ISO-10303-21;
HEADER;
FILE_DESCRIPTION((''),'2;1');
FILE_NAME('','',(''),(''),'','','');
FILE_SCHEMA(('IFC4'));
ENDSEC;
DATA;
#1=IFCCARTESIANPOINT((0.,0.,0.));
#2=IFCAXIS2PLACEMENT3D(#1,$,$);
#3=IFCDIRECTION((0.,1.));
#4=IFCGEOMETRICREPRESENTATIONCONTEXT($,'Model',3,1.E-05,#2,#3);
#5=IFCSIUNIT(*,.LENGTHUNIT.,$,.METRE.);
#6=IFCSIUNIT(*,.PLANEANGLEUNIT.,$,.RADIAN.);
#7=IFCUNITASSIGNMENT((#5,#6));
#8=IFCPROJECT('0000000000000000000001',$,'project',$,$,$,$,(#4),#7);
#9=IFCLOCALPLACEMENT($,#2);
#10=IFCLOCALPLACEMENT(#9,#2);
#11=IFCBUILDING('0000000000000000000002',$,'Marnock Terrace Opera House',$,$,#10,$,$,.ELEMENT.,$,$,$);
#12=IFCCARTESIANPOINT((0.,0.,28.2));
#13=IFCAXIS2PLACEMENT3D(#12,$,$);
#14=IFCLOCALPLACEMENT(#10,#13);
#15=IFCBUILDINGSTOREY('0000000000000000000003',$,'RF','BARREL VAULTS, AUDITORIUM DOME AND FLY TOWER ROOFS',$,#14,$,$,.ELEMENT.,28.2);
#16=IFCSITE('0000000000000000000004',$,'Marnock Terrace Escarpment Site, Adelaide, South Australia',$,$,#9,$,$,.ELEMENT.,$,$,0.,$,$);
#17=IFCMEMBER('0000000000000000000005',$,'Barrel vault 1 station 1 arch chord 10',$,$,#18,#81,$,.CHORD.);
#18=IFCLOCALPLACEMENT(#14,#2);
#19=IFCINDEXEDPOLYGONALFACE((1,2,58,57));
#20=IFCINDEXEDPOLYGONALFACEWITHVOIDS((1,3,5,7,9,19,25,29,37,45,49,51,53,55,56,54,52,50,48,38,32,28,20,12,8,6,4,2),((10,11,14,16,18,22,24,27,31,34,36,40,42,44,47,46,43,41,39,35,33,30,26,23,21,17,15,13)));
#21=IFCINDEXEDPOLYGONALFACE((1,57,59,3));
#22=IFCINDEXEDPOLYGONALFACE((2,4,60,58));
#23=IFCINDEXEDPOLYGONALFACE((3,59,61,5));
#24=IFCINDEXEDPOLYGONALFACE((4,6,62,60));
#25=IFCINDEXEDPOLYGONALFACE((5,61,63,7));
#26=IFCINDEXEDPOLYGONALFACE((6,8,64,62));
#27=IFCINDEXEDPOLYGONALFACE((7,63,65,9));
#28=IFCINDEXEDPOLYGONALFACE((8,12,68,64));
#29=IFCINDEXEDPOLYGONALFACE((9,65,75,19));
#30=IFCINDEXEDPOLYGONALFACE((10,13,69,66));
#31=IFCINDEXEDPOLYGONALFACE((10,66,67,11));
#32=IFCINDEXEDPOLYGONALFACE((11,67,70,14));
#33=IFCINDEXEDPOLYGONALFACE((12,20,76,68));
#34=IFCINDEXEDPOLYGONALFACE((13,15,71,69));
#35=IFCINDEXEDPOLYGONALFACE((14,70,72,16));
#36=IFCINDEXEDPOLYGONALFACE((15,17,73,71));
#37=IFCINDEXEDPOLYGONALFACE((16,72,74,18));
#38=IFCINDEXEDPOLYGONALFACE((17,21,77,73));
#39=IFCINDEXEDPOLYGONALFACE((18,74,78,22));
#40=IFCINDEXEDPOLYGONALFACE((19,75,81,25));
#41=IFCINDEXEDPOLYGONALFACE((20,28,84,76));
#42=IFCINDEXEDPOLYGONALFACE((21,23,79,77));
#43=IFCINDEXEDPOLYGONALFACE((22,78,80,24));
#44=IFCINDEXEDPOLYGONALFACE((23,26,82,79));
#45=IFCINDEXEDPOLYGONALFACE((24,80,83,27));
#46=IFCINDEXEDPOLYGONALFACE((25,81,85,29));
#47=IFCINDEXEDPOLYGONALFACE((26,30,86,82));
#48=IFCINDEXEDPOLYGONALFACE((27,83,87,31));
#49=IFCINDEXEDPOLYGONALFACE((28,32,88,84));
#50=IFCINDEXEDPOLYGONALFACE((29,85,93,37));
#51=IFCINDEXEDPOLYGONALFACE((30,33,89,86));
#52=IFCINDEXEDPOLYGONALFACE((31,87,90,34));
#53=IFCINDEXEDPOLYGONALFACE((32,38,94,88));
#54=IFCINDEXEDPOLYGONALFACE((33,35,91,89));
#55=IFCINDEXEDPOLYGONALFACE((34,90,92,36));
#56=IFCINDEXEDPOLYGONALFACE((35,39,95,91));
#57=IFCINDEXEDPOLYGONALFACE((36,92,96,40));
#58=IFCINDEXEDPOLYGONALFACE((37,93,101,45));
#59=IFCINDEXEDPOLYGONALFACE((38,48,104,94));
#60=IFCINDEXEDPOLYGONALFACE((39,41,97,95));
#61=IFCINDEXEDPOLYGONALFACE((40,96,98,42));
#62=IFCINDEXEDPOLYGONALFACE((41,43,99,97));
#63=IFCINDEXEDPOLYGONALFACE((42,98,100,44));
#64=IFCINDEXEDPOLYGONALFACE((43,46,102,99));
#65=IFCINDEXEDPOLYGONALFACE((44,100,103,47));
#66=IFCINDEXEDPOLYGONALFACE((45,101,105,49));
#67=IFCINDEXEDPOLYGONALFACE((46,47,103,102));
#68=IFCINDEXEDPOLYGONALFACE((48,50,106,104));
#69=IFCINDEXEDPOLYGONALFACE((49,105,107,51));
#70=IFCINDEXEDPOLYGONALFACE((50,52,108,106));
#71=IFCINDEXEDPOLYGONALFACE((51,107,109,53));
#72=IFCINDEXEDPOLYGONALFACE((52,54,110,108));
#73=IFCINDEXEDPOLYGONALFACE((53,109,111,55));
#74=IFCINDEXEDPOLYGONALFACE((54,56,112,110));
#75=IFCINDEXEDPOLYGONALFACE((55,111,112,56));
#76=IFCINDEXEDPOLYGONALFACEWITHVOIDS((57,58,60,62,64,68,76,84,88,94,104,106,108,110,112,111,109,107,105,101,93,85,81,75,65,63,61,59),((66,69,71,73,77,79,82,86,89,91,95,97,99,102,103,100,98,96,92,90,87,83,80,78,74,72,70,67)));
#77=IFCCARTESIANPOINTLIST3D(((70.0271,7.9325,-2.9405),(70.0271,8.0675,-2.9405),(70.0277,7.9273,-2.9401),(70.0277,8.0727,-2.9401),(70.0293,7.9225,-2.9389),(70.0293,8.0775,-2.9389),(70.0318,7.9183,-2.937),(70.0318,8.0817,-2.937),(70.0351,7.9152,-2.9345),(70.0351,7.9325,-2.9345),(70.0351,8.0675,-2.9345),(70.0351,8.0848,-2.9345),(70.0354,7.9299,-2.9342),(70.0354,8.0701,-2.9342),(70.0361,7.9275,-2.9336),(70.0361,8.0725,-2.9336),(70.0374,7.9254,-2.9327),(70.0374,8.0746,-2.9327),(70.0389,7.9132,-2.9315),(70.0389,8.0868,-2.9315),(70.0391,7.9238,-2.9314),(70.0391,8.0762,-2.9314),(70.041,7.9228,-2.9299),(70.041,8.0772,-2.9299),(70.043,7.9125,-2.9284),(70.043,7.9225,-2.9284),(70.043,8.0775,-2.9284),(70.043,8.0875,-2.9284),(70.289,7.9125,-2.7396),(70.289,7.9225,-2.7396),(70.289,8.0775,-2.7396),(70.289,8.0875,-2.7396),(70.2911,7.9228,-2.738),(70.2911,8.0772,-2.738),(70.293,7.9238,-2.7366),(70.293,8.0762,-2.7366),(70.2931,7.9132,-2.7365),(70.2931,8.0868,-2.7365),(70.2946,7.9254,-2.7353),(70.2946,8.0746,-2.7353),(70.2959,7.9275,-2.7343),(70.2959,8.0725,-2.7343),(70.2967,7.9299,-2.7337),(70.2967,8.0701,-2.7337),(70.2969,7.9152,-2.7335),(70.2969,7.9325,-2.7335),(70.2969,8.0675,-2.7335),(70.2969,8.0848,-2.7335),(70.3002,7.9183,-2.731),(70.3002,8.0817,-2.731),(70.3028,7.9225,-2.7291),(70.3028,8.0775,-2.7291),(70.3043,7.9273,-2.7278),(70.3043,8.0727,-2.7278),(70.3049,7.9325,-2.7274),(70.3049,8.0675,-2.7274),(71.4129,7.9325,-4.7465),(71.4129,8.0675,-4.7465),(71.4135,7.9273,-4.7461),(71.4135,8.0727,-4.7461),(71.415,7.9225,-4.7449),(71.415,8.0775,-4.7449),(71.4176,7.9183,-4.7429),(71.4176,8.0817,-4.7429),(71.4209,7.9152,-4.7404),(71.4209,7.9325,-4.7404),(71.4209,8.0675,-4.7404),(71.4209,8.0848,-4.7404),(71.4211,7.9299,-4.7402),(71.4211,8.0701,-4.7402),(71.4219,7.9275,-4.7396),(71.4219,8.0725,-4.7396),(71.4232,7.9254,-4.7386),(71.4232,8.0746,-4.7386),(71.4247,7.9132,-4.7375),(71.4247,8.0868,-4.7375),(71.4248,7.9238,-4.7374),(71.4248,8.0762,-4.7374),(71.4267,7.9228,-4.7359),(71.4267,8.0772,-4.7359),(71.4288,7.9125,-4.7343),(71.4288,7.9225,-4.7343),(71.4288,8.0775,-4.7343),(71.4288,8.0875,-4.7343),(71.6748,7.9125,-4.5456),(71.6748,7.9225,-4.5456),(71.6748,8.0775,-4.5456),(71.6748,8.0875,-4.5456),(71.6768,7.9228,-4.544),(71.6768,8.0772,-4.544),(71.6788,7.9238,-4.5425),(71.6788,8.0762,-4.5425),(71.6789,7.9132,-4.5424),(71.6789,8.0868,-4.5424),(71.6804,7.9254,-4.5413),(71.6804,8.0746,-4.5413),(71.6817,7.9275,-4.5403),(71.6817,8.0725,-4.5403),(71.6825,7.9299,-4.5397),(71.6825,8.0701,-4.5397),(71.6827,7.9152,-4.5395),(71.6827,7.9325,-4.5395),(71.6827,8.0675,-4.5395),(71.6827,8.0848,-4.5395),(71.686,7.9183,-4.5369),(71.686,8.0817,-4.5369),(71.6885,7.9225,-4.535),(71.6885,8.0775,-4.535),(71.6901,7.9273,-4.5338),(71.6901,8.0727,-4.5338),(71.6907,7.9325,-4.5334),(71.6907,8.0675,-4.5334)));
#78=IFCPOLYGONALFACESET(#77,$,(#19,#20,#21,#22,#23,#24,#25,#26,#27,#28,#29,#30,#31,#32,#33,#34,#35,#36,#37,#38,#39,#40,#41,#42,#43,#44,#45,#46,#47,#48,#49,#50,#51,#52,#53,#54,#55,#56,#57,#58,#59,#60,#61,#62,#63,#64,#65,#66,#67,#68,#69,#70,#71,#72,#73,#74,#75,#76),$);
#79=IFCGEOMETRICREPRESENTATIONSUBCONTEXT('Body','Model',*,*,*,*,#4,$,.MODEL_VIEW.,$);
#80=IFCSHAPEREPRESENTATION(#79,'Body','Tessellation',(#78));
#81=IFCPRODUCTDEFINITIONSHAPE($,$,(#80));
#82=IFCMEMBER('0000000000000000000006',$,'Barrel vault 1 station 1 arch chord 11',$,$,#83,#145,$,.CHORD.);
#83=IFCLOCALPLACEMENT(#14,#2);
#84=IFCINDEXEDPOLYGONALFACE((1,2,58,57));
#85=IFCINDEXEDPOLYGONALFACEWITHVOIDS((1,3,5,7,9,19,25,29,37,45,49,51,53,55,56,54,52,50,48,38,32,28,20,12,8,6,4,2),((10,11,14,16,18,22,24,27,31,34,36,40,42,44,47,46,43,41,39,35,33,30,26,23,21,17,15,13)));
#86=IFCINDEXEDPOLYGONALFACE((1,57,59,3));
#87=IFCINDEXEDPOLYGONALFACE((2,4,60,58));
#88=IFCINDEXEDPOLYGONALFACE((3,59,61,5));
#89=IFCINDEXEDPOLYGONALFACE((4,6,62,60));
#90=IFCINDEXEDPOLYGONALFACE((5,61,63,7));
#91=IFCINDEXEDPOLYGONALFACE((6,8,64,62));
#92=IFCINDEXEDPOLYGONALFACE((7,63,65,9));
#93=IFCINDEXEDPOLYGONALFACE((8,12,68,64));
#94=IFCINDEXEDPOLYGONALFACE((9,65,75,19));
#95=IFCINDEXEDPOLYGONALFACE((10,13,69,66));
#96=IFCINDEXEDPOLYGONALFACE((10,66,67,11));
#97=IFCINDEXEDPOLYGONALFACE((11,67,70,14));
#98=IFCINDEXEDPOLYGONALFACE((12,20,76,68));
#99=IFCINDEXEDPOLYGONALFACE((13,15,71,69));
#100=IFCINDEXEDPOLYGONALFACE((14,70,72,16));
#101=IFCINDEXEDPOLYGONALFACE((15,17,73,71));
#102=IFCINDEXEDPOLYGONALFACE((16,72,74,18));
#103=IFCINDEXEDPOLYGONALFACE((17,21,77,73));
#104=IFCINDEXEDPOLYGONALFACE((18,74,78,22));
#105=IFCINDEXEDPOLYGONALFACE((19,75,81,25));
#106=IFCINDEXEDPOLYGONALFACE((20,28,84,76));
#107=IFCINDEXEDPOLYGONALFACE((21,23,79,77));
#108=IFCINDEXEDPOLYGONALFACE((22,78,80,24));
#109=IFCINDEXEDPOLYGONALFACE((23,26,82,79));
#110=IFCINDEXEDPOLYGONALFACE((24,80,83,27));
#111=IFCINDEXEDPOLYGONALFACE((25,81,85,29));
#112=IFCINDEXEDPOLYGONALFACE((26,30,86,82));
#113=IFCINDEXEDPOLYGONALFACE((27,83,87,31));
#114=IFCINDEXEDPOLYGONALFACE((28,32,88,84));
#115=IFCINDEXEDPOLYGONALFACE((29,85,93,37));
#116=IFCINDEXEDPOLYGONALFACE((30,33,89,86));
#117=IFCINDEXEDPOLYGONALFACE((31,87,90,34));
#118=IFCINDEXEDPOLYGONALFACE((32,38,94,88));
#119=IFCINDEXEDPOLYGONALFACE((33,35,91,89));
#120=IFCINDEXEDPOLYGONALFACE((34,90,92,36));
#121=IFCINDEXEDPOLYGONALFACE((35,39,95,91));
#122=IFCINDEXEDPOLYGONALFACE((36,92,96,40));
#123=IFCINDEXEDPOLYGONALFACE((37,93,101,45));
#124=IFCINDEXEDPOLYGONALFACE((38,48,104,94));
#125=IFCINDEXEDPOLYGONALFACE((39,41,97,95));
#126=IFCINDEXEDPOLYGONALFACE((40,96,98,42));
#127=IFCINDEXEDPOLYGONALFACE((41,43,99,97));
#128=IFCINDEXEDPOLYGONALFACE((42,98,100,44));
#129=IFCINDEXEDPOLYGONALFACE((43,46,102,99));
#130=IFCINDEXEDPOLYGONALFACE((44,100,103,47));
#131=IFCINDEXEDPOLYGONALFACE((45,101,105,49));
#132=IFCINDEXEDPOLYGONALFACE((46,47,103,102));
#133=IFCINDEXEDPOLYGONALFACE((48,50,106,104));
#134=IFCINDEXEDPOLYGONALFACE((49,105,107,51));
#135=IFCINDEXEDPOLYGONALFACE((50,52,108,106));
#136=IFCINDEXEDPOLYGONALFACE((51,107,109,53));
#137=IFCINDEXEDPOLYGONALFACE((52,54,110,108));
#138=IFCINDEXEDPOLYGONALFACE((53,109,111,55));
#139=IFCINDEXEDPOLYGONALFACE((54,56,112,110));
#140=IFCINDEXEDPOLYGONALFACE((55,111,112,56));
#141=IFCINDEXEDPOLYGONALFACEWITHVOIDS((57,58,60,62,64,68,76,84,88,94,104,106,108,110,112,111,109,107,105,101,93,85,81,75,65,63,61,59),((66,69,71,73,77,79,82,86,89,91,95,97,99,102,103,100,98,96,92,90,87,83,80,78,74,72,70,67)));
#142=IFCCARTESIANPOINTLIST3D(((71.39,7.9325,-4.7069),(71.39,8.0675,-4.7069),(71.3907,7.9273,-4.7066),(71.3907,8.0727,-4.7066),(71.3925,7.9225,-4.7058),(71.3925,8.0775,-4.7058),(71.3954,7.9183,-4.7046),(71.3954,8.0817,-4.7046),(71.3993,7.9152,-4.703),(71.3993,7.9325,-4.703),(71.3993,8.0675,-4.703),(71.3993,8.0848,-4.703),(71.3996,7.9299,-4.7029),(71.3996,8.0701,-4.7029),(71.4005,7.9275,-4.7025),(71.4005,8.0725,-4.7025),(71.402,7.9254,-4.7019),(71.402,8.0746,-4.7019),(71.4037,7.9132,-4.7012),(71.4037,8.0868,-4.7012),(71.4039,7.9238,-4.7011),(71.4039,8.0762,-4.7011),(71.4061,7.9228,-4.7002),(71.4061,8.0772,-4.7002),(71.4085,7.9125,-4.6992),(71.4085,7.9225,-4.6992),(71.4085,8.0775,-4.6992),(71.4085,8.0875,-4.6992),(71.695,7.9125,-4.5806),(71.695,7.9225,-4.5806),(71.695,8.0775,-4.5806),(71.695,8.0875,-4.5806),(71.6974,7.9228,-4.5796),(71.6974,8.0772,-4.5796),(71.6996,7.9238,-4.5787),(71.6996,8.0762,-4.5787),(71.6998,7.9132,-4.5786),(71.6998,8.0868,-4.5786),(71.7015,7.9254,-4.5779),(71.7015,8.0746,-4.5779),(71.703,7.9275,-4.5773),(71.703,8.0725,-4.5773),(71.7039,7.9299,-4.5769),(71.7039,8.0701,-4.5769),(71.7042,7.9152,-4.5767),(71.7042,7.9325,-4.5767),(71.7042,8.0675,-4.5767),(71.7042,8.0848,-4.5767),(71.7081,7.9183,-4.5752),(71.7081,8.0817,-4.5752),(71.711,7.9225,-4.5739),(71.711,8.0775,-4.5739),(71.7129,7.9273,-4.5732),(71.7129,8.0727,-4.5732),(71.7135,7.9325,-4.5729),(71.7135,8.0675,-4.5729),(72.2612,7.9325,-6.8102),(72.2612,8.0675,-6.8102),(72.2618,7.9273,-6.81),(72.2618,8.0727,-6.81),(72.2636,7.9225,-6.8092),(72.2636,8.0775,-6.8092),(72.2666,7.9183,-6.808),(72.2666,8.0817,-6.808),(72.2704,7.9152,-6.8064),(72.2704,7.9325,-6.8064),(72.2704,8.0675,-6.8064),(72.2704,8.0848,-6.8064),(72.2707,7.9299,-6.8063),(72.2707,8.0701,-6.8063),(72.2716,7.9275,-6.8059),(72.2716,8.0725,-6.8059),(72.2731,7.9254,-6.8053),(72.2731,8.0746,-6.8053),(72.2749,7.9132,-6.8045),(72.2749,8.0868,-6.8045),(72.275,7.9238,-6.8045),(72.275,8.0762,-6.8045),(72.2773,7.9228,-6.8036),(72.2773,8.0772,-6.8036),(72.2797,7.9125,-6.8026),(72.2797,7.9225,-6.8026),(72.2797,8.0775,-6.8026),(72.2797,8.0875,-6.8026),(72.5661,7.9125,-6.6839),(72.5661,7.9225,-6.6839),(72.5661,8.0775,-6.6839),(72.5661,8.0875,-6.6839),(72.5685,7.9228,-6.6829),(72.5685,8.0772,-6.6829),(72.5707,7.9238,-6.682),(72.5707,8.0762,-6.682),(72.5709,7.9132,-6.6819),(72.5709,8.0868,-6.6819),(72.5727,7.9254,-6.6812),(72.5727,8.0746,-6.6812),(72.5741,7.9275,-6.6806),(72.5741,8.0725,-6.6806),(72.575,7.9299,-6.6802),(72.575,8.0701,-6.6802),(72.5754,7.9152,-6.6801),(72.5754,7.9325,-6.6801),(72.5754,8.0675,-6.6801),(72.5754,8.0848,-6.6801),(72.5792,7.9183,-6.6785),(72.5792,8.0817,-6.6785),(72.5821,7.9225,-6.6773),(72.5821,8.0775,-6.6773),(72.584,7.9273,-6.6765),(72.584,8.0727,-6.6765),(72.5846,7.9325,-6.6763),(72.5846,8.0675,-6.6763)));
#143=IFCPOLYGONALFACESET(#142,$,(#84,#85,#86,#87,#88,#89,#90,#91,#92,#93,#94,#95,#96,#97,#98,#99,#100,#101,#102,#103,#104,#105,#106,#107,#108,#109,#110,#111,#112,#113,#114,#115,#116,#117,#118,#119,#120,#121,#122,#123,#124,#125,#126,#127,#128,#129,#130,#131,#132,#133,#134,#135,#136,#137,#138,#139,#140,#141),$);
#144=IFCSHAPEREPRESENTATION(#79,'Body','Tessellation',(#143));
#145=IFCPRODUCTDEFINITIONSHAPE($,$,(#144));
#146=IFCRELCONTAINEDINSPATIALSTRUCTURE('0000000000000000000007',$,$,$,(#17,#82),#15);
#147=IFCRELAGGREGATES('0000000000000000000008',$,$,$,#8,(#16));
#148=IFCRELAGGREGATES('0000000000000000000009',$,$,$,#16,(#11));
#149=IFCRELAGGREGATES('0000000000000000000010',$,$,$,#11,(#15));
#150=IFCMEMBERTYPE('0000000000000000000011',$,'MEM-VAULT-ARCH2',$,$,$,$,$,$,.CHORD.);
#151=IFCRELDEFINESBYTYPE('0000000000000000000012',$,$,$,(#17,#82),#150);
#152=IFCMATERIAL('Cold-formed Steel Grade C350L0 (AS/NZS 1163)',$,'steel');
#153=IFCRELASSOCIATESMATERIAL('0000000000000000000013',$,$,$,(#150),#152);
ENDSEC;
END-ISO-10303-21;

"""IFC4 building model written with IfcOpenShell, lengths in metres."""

from ifc_helpers import new_model, si_unit, direction, frame, origin, origin_2d, place, context, subcontext, project, spatial, hollow_rectangle, extrude, material, material_profile, profile_set, type_object, element, save


model = new_model("IFC4")

# Units and contexts
model_context = context("Model", 3, precision=1e-05, world=origin(), true_north=direction((0.0, 1.0)))
body_context = subcontext(model_context, "Body", "Model", "MODEL_VIEW")
ifc_project = project(units=[si_unit("LENGTHUNIT", "METRE"), si_unit("PLANEANGLEUNIT", "RADIAN")], contexts=[model_context])

# Site, building, storey
site_placement = place(None, origin())
site = spatial("IfcSite", under=ifc_project, at=site_placement, Name="Marnock Terrace Escarpment Site, Adelaide, South Australia", CompositionType="ELEMENT", RefElevation=0.0)
building_placement = place(site_placement, origin())
building = spatial("IfcBuilding", under=site, at=building_placement, Name="Marnock Terrace Opera House", CompositionType="ELEMENT")
storey_placement = place(building_placement, frame((0.0, 0.0, 28.2)))
storey = spatial("IfcBuildingStorey", under=building, at=storey_placement, Name="RF", Description="BARREL VAULTS, AUDITORIUM DOME AND FLY TOWER ROOFS", CompositionType="ELEMENT", Elevation=28.2)

# Members
ifc_material_1 = material(Name="Cold-formed Steel Grade C350L0 (AS/NZS 1163)", Category="steel")
ifc_material_profile_1 = material_profile(ifc_material_1, hollow_rectangle(XDim=0.175, YDim=0.3501, WallThickness=0.01, InnerFilletRadius=0.01, OuterFilletRadius=0.02, at=origin_2d()))
ifc_profile_set_1 = profile_set([ifc_material_profile_1], Name="Cold-formed Steel Grade C350L0 (AS/NZS 1163)")
member_type_1 = type_object("IfcMemberType", Name="MEM-VAULT-ARCH2", PredefinedType="CHORD", material=ifc_profile_set_1)
member_1_placement = place(storey_placement, frame((70.166, 8.0, -2.834), z_axis=(0.608767, 0.0, -0.793349), x_axis=(0.0, 1.0, 0.0)))
element("IfcMember", 1, at=member_1_placement, inside=storey, type_object=member_type_1, Name="Barrel vault 1 station 1 arch chord 10", PredefinedType="CHORD", context=body_context, shape_type="SweptSolid", body=[
    extrude(hollow_rectangle(XDim=0.175, YDim=0.3501, WallThickness=0.01, InnerFilletRadius=0.01, OuterFilletRadius=0.02, at=origin_2d()), origin(), (0.0, 0.0, 1.0), 2.2764),
])
member_2_placement = place(storey_placement, frame((71.5518, 8.0, -4.6399), z_axis=(0.382642, 0.0, -0.923897), x_axis=(0.0, 1.0, 0.0)))
element("IfcMember", 2, at=member_2_placement, inside=storey, type_object=member_type_1, Name="Barrel vault 1 station 1 arch chord 11", PredefinedType="CHORD", context=body_context, shape_type="SweptSolid", body=[
    extrude(hollow_rectangle(XDim=0.175, YDim=0.3501, WallThickness=0.01, InnerFilletRadius=0.01, OuterFilletRadius=0.02, at=origin_2d()), origin(), (0.0, 0.0, 1.0), 2.2766),
])

save(model, "model.ifc")
